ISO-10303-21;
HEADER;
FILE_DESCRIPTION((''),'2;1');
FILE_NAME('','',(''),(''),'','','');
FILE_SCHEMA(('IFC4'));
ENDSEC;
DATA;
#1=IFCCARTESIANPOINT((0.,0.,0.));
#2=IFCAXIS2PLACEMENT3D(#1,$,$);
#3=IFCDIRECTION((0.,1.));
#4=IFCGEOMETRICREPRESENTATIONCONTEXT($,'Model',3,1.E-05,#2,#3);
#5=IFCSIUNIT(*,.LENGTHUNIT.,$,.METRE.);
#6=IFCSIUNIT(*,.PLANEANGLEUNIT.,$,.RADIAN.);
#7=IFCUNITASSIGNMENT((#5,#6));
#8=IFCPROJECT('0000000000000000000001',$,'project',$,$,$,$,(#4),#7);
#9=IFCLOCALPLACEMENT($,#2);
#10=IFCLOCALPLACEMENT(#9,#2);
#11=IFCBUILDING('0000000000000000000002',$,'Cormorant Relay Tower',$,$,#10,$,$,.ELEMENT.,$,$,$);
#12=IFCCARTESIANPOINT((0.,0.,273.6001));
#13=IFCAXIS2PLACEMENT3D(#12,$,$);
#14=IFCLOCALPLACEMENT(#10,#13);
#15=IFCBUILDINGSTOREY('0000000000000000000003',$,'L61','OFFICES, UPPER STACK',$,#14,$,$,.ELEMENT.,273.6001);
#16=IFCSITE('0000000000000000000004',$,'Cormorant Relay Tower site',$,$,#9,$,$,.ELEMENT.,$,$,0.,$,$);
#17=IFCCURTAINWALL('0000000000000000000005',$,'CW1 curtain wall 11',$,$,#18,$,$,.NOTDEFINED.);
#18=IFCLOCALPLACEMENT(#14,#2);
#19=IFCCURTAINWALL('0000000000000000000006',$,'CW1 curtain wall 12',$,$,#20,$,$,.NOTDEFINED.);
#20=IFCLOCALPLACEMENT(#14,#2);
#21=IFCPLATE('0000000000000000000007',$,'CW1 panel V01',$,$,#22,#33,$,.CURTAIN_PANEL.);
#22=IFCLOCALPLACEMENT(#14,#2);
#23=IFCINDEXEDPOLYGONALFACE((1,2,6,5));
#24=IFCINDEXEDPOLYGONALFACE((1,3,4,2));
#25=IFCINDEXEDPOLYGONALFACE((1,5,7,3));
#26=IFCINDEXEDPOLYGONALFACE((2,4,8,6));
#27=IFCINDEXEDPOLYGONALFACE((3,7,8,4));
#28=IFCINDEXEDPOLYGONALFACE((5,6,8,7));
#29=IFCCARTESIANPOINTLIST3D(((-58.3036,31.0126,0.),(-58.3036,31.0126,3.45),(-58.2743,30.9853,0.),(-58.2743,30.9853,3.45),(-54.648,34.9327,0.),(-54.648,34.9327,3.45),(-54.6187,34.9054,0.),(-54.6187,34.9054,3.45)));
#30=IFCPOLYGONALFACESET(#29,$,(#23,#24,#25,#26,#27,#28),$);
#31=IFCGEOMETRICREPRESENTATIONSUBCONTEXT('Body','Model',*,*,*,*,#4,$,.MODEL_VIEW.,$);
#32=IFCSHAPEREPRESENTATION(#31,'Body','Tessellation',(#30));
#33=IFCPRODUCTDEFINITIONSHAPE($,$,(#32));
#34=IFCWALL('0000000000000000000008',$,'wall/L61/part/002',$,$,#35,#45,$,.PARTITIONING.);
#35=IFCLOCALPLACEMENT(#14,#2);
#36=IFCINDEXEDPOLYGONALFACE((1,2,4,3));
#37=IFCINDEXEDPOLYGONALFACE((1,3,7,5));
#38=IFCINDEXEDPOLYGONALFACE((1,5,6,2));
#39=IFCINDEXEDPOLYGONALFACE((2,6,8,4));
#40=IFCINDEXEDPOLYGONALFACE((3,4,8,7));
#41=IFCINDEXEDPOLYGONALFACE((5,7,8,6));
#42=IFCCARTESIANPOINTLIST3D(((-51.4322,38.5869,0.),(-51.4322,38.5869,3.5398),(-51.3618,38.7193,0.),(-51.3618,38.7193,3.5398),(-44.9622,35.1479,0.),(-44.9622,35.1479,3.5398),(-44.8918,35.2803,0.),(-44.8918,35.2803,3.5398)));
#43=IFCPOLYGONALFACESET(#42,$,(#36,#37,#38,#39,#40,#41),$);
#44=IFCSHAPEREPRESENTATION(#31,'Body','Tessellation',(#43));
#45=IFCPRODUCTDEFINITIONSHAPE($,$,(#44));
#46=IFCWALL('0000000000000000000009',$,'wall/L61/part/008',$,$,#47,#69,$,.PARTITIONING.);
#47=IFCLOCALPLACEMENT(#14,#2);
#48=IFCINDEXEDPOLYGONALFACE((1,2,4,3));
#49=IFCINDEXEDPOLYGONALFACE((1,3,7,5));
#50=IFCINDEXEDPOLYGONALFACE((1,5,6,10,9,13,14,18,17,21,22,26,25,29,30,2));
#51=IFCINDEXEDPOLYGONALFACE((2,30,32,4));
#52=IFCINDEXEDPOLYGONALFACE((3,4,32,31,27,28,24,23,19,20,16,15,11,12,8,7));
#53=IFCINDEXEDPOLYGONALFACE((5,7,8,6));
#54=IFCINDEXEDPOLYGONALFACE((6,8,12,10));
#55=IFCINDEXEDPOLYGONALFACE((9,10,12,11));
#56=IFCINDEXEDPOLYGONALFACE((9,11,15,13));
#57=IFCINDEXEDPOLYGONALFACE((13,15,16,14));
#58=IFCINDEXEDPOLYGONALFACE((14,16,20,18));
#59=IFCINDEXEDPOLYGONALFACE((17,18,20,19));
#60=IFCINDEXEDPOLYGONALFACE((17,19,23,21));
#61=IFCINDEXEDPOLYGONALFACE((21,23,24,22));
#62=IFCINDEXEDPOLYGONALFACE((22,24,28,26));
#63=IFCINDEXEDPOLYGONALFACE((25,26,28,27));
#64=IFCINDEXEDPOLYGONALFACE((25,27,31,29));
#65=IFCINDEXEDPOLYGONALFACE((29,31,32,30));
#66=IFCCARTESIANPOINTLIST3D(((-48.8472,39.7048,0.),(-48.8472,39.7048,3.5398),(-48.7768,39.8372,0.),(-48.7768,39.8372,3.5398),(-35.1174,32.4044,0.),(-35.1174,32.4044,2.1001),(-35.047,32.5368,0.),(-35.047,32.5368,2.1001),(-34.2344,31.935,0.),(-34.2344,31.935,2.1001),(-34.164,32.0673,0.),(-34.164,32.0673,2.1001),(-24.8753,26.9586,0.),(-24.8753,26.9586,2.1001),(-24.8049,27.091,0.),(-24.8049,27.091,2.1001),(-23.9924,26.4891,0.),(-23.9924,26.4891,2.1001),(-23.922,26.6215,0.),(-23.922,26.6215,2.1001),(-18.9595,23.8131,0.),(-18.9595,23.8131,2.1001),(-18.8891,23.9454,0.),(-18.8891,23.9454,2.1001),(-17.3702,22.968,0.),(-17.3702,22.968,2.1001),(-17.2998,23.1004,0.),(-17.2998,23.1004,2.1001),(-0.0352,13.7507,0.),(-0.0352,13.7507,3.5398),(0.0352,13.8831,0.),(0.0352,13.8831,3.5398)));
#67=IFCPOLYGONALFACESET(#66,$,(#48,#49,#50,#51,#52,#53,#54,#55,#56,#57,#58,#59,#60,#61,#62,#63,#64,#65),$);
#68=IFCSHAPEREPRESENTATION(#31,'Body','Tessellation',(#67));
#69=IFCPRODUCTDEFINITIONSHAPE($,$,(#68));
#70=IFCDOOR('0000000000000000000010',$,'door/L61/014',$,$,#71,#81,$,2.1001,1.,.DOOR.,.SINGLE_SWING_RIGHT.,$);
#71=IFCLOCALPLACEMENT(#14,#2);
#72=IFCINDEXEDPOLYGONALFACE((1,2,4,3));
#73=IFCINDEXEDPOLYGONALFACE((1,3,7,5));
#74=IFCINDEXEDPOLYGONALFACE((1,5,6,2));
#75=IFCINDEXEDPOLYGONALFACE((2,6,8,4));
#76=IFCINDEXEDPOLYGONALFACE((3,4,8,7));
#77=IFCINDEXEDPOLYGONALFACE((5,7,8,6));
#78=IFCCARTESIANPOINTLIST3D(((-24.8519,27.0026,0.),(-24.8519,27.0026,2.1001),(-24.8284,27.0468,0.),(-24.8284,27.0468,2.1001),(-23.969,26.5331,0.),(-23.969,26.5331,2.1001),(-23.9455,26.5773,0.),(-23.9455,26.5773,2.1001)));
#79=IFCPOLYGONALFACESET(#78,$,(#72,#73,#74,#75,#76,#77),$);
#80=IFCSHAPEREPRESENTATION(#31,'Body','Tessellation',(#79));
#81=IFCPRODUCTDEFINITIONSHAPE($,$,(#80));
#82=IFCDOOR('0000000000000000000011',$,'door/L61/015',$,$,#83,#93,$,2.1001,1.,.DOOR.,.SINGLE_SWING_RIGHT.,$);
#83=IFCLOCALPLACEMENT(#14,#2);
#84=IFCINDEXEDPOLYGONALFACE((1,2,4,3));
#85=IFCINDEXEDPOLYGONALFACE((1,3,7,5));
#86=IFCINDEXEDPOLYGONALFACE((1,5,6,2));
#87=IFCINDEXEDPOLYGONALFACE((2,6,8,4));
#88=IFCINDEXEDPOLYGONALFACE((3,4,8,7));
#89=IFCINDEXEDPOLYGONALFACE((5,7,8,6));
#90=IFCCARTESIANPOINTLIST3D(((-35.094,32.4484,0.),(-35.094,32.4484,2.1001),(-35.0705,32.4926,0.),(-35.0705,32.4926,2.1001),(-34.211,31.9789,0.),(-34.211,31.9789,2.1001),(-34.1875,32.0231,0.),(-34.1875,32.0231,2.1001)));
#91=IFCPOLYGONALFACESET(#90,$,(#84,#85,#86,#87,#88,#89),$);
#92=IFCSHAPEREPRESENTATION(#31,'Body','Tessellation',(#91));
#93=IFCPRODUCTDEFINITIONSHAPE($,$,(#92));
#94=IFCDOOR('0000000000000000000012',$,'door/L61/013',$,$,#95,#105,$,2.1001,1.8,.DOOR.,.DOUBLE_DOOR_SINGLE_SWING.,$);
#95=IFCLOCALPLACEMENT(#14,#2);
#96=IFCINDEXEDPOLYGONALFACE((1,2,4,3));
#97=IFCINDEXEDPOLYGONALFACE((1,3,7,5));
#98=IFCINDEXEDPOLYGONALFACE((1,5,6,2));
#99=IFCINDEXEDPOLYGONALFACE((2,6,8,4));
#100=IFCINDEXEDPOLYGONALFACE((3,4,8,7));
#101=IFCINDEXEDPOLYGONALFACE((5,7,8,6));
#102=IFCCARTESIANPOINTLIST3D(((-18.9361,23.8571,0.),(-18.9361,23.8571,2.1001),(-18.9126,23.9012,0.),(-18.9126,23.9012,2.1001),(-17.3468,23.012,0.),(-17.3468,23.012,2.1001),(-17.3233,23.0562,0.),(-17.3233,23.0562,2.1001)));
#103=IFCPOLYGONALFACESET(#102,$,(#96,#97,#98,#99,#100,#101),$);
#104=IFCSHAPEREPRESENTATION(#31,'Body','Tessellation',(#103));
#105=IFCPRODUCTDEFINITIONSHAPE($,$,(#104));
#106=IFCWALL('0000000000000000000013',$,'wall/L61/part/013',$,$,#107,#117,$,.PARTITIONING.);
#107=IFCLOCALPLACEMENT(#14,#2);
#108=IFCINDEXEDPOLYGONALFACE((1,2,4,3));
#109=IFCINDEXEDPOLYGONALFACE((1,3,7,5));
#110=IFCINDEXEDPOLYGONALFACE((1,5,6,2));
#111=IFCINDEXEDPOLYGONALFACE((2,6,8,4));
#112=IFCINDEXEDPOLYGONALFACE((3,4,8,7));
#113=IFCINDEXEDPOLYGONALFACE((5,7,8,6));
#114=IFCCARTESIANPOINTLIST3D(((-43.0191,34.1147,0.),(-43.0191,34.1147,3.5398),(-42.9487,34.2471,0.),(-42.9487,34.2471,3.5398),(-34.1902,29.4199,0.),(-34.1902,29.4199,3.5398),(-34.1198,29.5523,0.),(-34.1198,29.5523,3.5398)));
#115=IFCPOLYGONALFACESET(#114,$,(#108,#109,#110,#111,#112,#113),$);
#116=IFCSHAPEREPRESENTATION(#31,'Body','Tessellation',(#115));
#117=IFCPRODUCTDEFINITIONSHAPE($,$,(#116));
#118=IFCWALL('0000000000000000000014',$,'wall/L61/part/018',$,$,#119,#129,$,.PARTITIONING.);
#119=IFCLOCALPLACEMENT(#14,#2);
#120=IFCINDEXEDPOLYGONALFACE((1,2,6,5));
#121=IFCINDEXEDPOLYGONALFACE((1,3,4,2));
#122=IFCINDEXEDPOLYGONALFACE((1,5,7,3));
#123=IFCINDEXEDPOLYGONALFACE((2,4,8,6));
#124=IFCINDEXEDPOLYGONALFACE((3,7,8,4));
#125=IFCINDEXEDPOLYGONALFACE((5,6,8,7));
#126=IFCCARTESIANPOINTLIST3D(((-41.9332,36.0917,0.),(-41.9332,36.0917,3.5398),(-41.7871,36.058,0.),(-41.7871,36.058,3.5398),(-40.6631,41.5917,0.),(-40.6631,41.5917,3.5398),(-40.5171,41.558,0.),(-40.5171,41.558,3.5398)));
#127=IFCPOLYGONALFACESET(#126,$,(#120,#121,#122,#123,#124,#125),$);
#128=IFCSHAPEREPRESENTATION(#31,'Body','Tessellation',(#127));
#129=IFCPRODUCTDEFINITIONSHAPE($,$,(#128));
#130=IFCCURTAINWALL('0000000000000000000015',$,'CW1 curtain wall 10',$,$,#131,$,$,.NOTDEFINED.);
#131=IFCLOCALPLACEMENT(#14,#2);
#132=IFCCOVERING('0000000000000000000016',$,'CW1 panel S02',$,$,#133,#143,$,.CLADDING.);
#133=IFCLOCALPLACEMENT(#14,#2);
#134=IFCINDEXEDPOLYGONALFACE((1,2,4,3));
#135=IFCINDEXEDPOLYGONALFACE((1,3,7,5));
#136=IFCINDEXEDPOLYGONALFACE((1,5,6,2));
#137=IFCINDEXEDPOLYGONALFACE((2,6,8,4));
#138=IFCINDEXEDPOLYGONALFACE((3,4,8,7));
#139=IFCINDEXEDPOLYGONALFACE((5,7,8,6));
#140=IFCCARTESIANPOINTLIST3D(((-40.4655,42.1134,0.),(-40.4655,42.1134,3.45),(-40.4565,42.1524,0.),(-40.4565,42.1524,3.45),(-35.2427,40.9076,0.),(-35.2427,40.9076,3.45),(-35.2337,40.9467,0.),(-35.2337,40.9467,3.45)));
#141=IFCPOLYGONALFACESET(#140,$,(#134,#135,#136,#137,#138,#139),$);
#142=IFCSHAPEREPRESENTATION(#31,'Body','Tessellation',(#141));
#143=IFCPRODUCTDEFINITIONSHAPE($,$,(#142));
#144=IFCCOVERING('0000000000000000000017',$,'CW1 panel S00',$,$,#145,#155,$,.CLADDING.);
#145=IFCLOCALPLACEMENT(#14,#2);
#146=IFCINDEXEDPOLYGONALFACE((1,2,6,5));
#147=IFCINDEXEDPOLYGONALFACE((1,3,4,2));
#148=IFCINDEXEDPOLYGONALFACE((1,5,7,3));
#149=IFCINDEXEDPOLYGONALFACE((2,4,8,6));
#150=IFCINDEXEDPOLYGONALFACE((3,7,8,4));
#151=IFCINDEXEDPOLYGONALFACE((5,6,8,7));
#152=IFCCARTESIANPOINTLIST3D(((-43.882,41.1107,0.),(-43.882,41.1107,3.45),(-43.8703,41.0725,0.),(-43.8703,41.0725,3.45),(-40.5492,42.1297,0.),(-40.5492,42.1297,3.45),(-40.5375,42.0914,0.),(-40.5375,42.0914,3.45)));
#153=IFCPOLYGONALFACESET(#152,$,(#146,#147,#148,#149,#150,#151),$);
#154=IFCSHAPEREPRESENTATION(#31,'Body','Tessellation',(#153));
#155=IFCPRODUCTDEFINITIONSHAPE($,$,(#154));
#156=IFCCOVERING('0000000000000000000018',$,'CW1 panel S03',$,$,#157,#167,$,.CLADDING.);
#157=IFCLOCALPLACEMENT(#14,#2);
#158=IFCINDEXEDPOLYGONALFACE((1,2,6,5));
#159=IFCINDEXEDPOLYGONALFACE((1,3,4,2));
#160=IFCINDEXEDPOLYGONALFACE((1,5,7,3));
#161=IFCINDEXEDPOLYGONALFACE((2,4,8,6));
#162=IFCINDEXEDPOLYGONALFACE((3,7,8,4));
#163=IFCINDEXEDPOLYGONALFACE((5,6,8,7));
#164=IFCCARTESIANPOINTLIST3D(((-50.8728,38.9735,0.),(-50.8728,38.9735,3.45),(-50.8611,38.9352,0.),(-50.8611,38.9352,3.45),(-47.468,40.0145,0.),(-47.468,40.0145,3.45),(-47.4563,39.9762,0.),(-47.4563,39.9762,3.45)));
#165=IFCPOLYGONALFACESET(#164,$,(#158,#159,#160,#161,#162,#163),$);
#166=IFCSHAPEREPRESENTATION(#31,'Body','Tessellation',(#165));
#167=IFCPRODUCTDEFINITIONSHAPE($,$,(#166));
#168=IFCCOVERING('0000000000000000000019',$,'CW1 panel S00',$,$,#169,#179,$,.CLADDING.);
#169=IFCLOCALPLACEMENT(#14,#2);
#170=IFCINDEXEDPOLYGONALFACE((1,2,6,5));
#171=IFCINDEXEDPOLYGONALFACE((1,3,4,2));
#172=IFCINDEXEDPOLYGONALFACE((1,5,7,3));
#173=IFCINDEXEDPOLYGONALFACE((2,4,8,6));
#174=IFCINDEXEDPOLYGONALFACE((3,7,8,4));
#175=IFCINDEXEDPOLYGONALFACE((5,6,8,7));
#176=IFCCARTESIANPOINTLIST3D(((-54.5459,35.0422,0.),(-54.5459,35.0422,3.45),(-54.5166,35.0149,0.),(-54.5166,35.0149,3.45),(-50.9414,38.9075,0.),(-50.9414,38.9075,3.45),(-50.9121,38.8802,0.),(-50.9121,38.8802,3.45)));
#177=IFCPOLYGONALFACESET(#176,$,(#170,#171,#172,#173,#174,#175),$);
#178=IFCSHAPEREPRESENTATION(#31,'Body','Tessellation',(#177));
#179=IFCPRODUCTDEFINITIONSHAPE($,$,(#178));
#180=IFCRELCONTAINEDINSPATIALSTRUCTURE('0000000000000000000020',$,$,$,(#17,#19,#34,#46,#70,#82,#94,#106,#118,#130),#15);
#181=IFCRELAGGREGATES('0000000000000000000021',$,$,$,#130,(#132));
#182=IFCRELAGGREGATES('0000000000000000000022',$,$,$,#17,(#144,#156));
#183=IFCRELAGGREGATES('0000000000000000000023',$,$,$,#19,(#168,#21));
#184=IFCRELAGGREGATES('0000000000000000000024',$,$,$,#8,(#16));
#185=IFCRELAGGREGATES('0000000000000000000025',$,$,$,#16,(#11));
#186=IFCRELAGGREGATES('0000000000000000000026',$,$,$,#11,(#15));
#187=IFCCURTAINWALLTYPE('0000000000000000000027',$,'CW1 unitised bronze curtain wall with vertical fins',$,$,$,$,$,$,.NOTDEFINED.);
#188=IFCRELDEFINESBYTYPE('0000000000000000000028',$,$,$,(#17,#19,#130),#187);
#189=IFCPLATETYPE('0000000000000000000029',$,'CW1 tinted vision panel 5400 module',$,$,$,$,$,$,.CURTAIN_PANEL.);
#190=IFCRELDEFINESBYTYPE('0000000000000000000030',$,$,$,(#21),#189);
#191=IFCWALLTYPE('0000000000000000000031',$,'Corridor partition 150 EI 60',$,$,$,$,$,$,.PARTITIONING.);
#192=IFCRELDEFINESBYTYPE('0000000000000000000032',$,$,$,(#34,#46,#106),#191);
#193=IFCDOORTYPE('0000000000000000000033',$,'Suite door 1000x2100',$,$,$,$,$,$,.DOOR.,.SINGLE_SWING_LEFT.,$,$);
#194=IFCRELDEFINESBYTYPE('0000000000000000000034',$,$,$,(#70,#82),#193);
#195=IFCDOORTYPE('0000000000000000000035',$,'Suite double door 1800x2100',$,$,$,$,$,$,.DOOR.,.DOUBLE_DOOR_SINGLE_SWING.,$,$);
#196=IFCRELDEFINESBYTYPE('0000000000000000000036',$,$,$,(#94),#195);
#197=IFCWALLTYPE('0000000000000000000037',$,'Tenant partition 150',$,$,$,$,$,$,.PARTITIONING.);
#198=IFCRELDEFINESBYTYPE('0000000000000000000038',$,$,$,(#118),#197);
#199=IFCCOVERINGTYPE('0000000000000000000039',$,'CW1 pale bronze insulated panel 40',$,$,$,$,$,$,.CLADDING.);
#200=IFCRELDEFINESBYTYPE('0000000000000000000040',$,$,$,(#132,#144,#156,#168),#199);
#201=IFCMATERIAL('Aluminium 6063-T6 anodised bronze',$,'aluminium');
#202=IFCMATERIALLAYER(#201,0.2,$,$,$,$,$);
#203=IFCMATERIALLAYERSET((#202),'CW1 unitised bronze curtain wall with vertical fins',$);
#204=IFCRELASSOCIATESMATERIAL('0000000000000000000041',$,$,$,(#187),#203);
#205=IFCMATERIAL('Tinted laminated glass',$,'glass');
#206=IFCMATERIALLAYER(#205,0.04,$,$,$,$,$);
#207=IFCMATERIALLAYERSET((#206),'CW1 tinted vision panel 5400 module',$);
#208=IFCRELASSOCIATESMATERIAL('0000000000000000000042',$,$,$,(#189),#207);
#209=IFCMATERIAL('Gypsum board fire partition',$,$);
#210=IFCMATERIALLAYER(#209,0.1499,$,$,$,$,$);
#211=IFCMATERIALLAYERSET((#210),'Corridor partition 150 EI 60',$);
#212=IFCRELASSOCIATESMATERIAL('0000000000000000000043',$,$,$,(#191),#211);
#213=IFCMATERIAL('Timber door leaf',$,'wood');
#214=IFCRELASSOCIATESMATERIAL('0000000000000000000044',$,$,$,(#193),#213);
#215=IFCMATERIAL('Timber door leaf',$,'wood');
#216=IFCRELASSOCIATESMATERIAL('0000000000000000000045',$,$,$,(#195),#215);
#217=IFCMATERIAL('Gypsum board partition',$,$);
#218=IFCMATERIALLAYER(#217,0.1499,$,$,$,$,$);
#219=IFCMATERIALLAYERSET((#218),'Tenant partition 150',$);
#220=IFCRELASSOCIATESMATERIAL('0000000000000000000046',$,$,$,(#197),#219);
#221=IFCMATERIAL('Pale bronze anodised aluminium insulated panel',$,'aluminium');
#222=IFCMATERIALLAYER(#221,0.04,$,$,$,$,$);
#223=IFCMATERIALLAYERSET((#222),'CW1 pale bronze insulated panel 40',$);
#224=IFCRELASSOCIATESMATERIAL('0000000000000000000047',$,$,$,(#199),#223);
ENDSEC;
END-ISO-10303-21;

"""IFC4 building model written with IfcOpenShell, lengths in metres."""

from ifc_helpers import new_model, si_unit, direction, frame, frame_2d, origin, origin_2d, place, context, subcontext, project, spatial, rectangle, extrude, material, layer, layer_set, type_object, element, fill, aggregate, save


model = new_model("IFC4")

# Units and contexts
model_context = context("Model", 3, precision=1e-05, world=origin(), true_north=direction((0.0, 1.0)))
body_context = subcontext(model_context, "Body", "Model", "MODEL_VIEW")
ifc_project = project(units=[si_unit("LENGTHUNIT", "METRE"), si_unit("PLANEANGLEUNIT", "RADIAN")], contexts=[model_context])

# Site, building, storey
site_placement = place(None, origin())
site = spatial("IfcSite", under=ifc_project, at=site_placement, Name="Cormorant Relay Tower site", CompositionType="ELEMENT", RefElevation=0.0)
building_placement = place(site_placement, origin())
building = spatial("IfcBuilding", under=site, at=building_placement, Name="Cormorant Relay Tower", CompositionType="ELEMENT")
storey_placement = place(building_placement, frame((0.0, 0.0, 273.6001)))
storey = spatial("IfcBuildingStorey", under=building, at=storey_placement, Name="L61", Description="OFFICES, UPPER STACK", CompositionType="ELEMENT", Elevation=273.6001)

# Curtain walls
ifc_material_1 = material(Name="Aluminium 6063-T6 anodised bronze", Category="aluminium")
ifc_layer_1 = layer(ifc_material_1, 0.2)
ifc_layer_set_1 = layer_set([ifc_layer_1], Name="CW1 unitised bronze curtain wall with vertical fins")
curtain_wall_type = type_object("IfcCurtainWallType", Name="CW1 unitised bronze curtain wall with vertical fins", PredefinedType="NOTDEFINED", material=ifc_layer_set_1)
curtain_wall_1_placement = place(storey_placement, origin())
curtain_wall_1 = element("IfcCurtainWall", 1, at=curtain_wall_1_placement, inside=storey, type_object=curtain_wall_type, Name="CW1 curtain wall 11", PredefinedType="NOTDEFINED")
curtain_wall_2_placement = place(storey_placement, origin())
curtain_wall_2 = element("IfcCurtainWall", 2, at=curtain_wall_2_placement, inside=storey, type_object=curtain_wall_type, Name="CW1 curtain wall 12", PredefinedType="NOTDEFINED")

# Plate
ifc_material_2 = material(Name="Tinted laminated glass", Category="glass")
ifc_layer_2 = layer(ifc_material_2, 0.04)
ifc_layer_set_2 = layer_set([ifc_layer_2], Name="CW1 tinted vision panel 5400 module")
plate_type_1 = type_object("IfcPlateType", Name="CW1 tinted vision panel 5400 module", PredefinedType="CURTAIN_PANEL", material=ifc_layer_set_2)
plate_1_placement = place(storey_placement, frame((-56.4612, 32.959, 0.0), z_axis=(0.0, 0.0, 1.0), x_axis=(-0.681998, -0.731354, 0.0)))
plate_1 = element("IfcPlate", 3, at=plate_1_placement, type_object=plate_type_1, Name="CW1 panel V01", PredefinedType="CURTAIN_PANEL", context=body_context, shape_type="SweptSolid", body=[
    extrude(rectangle(XDim=5.3601, YDim=0.04, at=origin_2d()), origin(), (0.0, 0.0, 1.0), 3.45),
])

# Wall
ifc_material_3 = material(Name="Gypsum board fire partition")
ifc_layer_3 = layer(ifc_material_3, 0.1499)
ifc_layer_set_3 = layer_set([ifc_layer_3], Name="Corridor partition 150 EI 60")
wall_type_1 = type_object("IfcWallType", Name="Corridor partition 150 EI 60", PredefinedType="PARTITIONING", material=ifc_layer_set_3)
wall_1_placement = place(storey_placement, frame((-44.927, 35.2141, 0.0), z_axis=(0.0, 0.0, 1.0), x_axis=(-0.883014, 0.469346, 0.0)))
element("IfcWall", 4, at=wall_1_placement, inside=storey, type_object=wall_type_1, Name="wall/L61/part/002", PredefinedType="PARTITIONING", context=body_context, shape_type="SweptSolid", body=[
    extrude(rectangle(XDim=7.3271, YDim=0.1499, at=frame_2d((3.6636, 0.0))), origin(), (0.0, 0.0, 1.0), 3.5398),
])

# Wall, openings, doors
wall_2_placement = place(storey_placement, frame((-48.812, 39.771, 0.0), z_axis=(0.0, 0.0, 1.0), x_axis=(0.882945, -0.469476, 0.0)))
wall_2 = element("IfcWall", 5, at=wall_2_placement, inside=storey, type_object=wall_type_1, Name="wall/L61/part/008", PredefinedType="PARTITIONING", context=body_context, shape_type="SweptSolid", body=[
    extrude(rectangle(XDim=55.2832, YDim=0.1499, at=frame_2d((27.6416, 0.0))), origin(), (0.0, 0.0, 1.0), 3.5398),
])
opening_1_placement = place(wall_2_placement, frame((33.8501, 0.0, 0.0)))
opening_1 = element("IfcOpeningElement", 6, at=opening_1_placement, cuts=wall_2, PredefinedType="OPENING", context=body_context, shape_type="SweptSolid", body=[
    extrude(rectangle(XDim=1.8, YDim=2.1001, at=frame_2d((0.8999, 1.05))), frame((0.0, 0.085, 0.0), z_axis=(0.0, -1.0, 0.0), x_axis=(1.0, 0.0, 0.0)), (0.0, 0.0, 1.0), 0.1699),
])
opening_2_placement = place(wall_2_placement, frame((27.1499, 0.0, 0.0)))
opening_2 = element("IfcOpeningElement", 7, at=opening_2_placement, cuts=wall_2, PredefinedType="OPENING", context=body_context, shape_type="SweptSolid", body=[
    extrude(rectangle(XDim=1.0, YDim=2.1001, at=frame_2d((0.5, 1.05))), frame((0.0, 0.085, 0.0), z_axis=(0.0, -1.0, 0.0), x_axis=(1.0, 0.0, 0.0)), (0.0, 0.0, 1.0), 0.1699),
])
opening_3_placement = place(wall_2_placement, frame((15.55, 0.0, 0.0)))
opening_3 = element("IfcOpeningElement", 8, at=opening_3_placement, cuts=wall_2, PredefinedType="OPENING", context=body_context, shape_type="SweptSolid", body=[
    extrude(rectangle(XDim=1.0, YDim=2.1001, at=frame_2d((0.5, 1.05))), frame((0.0, 0.085, 0.0), z_axis=(0.0, -1.0, 0.0), x_axis=(1.0, 0.0, 0.0)), (0.0, 0.0, 1.0), 0.1699),
])
ifc_material_4 = material(Name="Timber door leaf", Category="wood")
door_type_1 = type_object("IfcDoorType", Name="Suite door 1000x2100", OperationType="SINGLE_SWING_LEFT", PredefinedType="DOOR", material=ifc_material_4)
door_1_placement = place(opening_2_placement, origin())
door_1 = element("IfcDoor", 9, at=door_1_placement, inside=storey, type_object=door_type_1, Name="door/L61/014", OperationType="SINGLE_SWING_RIGHT", OverallHeight=2.1001, OverallWidth=1.0, PredefinedType="DOOR", context=body_context, shape_type="SweptSolid", body=[
    extrude(rectangle(XDim=1.0, YDim=2.1001, at=frame_2d((0.5, 1.05))), frame((0.0, 0.0249, 0.0), z_axis=(0.0, -1.0, 0.0), x_axis=(1.0, 0.0, 0.0)), (0.0, 0.0, 1.0), 0.05),
])
fill(opening_2, door_1)
door_2_placement = place(opening_3_placement, origin())
door_2 = element("IfcDoor", 10, at=door_2_placement, inside=storey, type_object=door_type_1, Name="door/L61/015", OperationType="SINGLE_SWING_RIGHT", OverallHeight=2.1001, OverallWidth=1.0, PredefinedType="DOOR", context=body_context, shape_type="SweptSolid", body=[
    extrude(rectangle(XDim=1.0, YDim=2.1001, at=frame_2d((0.5, 1.05))), frame((0.0, 0.0249, 0.0), z_axis=(0.0, -1.0, 0.0), x_axis=(1.0, 0.0, 0.0)), (0.0, 0.0, 1.0), 0.05),
])
fill(opening_3, door_2)
ifc_material_5 = material(Name="Timber door leaf", Category="wood")
door_type_2 = type_object("IfcDoorType", Name="Suite double door 1800x2100", OperationType="DOUBLE_DOOR_SINGLE_SWING", PredefinedType="DOOR", material=ifc_material_5)
door_3_placement = place(opening_1_placement, origin())
door_3 = element("IfcDoor", 11, at=door_3_placement, inside=storey, type_object=door_type_2, Name="door/L61/013", OperationType="DOUBLE_DOOR_SINGLE_SWING", OverallHeight=2.1001, OverallWidth=1.8, PredefinedType="DOOR", context=body_context, shape_type="SweptSolid", body=[
    extrude(rectangle(XDim=1.8, YDim=2.1001, at=frame_2d((0.8999, 1.05))), frame((0.0, 0.0249, 0.0), z_axis=(0.0, -1.0, 0.0), x_axis=(1.0, 0.0, 0.0)), (0.0, 0.0, 1.0), 0.05),
])
fill(opening_1, door_3)

# Walls
wall_3_placement = place(storey_placement, frame((-42.9839, 34.1809, 0.0), z_axis=(0.0, 0.0, 1.0), x_axis=(0.882929, -0.469506, 0.0)))
element("IfcWall", 12, at=wall_3_placement, inside=storey, type_object=wall_type_1, Name="wall/L61/part/013", PredefinedType="PARTITIONING", context=body_context, shape_type="SweptSolid", body=[
    extrude(rectangle(XDim=9.9995, YDim=0.1499, at=frame_2d((4.9998, 0.0))), origin(), (0.0, 0.0, 1.0), 3.5398),
])
ifc_material_6 = material(Name="Gypsum board partition")
ifc_layer_4 = layer(ifc_material_6, 0.1499)
ifc_layer_set_4 = layer_set([ifc_layer_4], Name="Tenant partition 150")
wall_type_2 = type_object("IfcWallType", Name="Tenant partition 150", PredefinedType="PARTITIONING", material=ifc_layer_set_4)
wall_4_placement = place(storey_placement, frame((-41.8601, 36.075, 0.0), z_axis=(0.0, 0.0, 1.0), x_axis=(0.224992, 0.974361, 0.0)))
element("IfcWall", 13, at=wall_4_placement, inside=storey, type_object=wall_type_2, Name="wall/L61/part/018", PredefinedType="PARTITIONING", context=body_context, shape_type="SweptSolid", body=[
    extrude(rectangle(XDim=5.6448, YDim=0.1499, at=frame_2d((2.8223, 0.0))), origin(), (0.0, 0.0, 1.0), 3.5398),
])

# Curtain wall, covering
curtain_wall_3_placement = place(storey_placement, origin())
curtain_wall_3 = element("IfcCurtainWall", 14, at=curtain_wall_3_placement, inside=storey, type_object=curtain_wall_type, Name="CW1 curtain wall 10", PredefinedType="NOTDEFINED")
ifc_material_7 = material(Name="Pale bronze anodised aluminium insulated panel", Category="aluminium")
ifc_layer_5 = layer(ifc_material_7, 0.04)
ifc_layer_set_5 = layer_set([ifc_layer_5], Name="CW1 pale bronze insulated panel 40")
covering_type = type_object("IfcCoveringType", Name="CW1 pale bronze insulated panel 40", PredefinedType="CLADDING", material=ifc_layer_set_5)
covering_1_placement = place(storey_placement, frame((-37.8496, 41.53, 0.0), z_axis=(0.0, 0.0, 1.0), x_axis=(-0.97437, 0.224951, 0.0)))
covering_1 = element("IfcCovering", 15, at=covering_1_placement, type_object=covering_type, Name="CW1 panel S02", PredefinedType="CLADDING", context=body_context, shape_type="SweptSolid", body=[
    extrude(rectangle(XDim=5.3601, YDim=0.04, at=origin_2d()), origin(), (0.0, 0.0, 1.0), 3.45),
])
aggregate(curtain_wall_3, [covering_1])

# Coverings
covering_2_placement = place(storey_placement, frame((-42.2097, 41.6011, 0.0), z_axis=(0.0, 0.0, 1.0), x_axis=(-0.956305, -0.292372, 0.0)))
covering_2 = element("IfcCovering", 16, at=covering_2_placement, type_object=covering_type, Name="CW1 panel S00", PredefinedType="CLADDING", context=body_context, shape_type="SweptSolid", body=[
    extrude(rectangle(XDim=3.4851, YDim=0.04, at=origin_2d()), origin(), (0.0, 0.0, 1.0), 3.45),
])
covering_3_placement = place(storey_placement, frame((-49.1646, 39.4749, 0.0), z_axis=(0.0, 0.0, 1.0), x_axis=(-0.956305, -0.292372, 0.0)))
covering_3 = element("IfcCovering", 17, at=covering_3_placement, type_object=covering_type, Name="CW1 panel S03", PredefinedType="CLADDING", context=body_context, shape_type="SweptSolid", body=[
    extrude(rectangle(XDim=3.5603, YDim=0.04, at=origin_2d()), origin(), (0.0, 0.0, 1.0), 3.45),
])
aggregate(curtain_wall_1, [covering_2, covering_3])
covering_4_placement = place(storey_placement, frame((-52.729, 36.9612, 0.0), z_axis=(0.0, 0.0, 1.0), x_axis=(-0.681998, -0.731354, 0.0)))
covering_4 = element("IfcCovering", 18, at=covering_4_placement, type_object=covering_type, Name="CW1 panel S00", PredefinedType="CLADDING", context=body_context, shape_type="SweptSolid", body=[
    extrude(rectangle(XDim=5.2852, YDim=0.04, at=origin_2d()), origin(), (0.0, 0.0, 1.0), 3.45),
])
aggregate(curtain_wall_2, [covering_4, plate_1])

save(model, "model.ifc")
